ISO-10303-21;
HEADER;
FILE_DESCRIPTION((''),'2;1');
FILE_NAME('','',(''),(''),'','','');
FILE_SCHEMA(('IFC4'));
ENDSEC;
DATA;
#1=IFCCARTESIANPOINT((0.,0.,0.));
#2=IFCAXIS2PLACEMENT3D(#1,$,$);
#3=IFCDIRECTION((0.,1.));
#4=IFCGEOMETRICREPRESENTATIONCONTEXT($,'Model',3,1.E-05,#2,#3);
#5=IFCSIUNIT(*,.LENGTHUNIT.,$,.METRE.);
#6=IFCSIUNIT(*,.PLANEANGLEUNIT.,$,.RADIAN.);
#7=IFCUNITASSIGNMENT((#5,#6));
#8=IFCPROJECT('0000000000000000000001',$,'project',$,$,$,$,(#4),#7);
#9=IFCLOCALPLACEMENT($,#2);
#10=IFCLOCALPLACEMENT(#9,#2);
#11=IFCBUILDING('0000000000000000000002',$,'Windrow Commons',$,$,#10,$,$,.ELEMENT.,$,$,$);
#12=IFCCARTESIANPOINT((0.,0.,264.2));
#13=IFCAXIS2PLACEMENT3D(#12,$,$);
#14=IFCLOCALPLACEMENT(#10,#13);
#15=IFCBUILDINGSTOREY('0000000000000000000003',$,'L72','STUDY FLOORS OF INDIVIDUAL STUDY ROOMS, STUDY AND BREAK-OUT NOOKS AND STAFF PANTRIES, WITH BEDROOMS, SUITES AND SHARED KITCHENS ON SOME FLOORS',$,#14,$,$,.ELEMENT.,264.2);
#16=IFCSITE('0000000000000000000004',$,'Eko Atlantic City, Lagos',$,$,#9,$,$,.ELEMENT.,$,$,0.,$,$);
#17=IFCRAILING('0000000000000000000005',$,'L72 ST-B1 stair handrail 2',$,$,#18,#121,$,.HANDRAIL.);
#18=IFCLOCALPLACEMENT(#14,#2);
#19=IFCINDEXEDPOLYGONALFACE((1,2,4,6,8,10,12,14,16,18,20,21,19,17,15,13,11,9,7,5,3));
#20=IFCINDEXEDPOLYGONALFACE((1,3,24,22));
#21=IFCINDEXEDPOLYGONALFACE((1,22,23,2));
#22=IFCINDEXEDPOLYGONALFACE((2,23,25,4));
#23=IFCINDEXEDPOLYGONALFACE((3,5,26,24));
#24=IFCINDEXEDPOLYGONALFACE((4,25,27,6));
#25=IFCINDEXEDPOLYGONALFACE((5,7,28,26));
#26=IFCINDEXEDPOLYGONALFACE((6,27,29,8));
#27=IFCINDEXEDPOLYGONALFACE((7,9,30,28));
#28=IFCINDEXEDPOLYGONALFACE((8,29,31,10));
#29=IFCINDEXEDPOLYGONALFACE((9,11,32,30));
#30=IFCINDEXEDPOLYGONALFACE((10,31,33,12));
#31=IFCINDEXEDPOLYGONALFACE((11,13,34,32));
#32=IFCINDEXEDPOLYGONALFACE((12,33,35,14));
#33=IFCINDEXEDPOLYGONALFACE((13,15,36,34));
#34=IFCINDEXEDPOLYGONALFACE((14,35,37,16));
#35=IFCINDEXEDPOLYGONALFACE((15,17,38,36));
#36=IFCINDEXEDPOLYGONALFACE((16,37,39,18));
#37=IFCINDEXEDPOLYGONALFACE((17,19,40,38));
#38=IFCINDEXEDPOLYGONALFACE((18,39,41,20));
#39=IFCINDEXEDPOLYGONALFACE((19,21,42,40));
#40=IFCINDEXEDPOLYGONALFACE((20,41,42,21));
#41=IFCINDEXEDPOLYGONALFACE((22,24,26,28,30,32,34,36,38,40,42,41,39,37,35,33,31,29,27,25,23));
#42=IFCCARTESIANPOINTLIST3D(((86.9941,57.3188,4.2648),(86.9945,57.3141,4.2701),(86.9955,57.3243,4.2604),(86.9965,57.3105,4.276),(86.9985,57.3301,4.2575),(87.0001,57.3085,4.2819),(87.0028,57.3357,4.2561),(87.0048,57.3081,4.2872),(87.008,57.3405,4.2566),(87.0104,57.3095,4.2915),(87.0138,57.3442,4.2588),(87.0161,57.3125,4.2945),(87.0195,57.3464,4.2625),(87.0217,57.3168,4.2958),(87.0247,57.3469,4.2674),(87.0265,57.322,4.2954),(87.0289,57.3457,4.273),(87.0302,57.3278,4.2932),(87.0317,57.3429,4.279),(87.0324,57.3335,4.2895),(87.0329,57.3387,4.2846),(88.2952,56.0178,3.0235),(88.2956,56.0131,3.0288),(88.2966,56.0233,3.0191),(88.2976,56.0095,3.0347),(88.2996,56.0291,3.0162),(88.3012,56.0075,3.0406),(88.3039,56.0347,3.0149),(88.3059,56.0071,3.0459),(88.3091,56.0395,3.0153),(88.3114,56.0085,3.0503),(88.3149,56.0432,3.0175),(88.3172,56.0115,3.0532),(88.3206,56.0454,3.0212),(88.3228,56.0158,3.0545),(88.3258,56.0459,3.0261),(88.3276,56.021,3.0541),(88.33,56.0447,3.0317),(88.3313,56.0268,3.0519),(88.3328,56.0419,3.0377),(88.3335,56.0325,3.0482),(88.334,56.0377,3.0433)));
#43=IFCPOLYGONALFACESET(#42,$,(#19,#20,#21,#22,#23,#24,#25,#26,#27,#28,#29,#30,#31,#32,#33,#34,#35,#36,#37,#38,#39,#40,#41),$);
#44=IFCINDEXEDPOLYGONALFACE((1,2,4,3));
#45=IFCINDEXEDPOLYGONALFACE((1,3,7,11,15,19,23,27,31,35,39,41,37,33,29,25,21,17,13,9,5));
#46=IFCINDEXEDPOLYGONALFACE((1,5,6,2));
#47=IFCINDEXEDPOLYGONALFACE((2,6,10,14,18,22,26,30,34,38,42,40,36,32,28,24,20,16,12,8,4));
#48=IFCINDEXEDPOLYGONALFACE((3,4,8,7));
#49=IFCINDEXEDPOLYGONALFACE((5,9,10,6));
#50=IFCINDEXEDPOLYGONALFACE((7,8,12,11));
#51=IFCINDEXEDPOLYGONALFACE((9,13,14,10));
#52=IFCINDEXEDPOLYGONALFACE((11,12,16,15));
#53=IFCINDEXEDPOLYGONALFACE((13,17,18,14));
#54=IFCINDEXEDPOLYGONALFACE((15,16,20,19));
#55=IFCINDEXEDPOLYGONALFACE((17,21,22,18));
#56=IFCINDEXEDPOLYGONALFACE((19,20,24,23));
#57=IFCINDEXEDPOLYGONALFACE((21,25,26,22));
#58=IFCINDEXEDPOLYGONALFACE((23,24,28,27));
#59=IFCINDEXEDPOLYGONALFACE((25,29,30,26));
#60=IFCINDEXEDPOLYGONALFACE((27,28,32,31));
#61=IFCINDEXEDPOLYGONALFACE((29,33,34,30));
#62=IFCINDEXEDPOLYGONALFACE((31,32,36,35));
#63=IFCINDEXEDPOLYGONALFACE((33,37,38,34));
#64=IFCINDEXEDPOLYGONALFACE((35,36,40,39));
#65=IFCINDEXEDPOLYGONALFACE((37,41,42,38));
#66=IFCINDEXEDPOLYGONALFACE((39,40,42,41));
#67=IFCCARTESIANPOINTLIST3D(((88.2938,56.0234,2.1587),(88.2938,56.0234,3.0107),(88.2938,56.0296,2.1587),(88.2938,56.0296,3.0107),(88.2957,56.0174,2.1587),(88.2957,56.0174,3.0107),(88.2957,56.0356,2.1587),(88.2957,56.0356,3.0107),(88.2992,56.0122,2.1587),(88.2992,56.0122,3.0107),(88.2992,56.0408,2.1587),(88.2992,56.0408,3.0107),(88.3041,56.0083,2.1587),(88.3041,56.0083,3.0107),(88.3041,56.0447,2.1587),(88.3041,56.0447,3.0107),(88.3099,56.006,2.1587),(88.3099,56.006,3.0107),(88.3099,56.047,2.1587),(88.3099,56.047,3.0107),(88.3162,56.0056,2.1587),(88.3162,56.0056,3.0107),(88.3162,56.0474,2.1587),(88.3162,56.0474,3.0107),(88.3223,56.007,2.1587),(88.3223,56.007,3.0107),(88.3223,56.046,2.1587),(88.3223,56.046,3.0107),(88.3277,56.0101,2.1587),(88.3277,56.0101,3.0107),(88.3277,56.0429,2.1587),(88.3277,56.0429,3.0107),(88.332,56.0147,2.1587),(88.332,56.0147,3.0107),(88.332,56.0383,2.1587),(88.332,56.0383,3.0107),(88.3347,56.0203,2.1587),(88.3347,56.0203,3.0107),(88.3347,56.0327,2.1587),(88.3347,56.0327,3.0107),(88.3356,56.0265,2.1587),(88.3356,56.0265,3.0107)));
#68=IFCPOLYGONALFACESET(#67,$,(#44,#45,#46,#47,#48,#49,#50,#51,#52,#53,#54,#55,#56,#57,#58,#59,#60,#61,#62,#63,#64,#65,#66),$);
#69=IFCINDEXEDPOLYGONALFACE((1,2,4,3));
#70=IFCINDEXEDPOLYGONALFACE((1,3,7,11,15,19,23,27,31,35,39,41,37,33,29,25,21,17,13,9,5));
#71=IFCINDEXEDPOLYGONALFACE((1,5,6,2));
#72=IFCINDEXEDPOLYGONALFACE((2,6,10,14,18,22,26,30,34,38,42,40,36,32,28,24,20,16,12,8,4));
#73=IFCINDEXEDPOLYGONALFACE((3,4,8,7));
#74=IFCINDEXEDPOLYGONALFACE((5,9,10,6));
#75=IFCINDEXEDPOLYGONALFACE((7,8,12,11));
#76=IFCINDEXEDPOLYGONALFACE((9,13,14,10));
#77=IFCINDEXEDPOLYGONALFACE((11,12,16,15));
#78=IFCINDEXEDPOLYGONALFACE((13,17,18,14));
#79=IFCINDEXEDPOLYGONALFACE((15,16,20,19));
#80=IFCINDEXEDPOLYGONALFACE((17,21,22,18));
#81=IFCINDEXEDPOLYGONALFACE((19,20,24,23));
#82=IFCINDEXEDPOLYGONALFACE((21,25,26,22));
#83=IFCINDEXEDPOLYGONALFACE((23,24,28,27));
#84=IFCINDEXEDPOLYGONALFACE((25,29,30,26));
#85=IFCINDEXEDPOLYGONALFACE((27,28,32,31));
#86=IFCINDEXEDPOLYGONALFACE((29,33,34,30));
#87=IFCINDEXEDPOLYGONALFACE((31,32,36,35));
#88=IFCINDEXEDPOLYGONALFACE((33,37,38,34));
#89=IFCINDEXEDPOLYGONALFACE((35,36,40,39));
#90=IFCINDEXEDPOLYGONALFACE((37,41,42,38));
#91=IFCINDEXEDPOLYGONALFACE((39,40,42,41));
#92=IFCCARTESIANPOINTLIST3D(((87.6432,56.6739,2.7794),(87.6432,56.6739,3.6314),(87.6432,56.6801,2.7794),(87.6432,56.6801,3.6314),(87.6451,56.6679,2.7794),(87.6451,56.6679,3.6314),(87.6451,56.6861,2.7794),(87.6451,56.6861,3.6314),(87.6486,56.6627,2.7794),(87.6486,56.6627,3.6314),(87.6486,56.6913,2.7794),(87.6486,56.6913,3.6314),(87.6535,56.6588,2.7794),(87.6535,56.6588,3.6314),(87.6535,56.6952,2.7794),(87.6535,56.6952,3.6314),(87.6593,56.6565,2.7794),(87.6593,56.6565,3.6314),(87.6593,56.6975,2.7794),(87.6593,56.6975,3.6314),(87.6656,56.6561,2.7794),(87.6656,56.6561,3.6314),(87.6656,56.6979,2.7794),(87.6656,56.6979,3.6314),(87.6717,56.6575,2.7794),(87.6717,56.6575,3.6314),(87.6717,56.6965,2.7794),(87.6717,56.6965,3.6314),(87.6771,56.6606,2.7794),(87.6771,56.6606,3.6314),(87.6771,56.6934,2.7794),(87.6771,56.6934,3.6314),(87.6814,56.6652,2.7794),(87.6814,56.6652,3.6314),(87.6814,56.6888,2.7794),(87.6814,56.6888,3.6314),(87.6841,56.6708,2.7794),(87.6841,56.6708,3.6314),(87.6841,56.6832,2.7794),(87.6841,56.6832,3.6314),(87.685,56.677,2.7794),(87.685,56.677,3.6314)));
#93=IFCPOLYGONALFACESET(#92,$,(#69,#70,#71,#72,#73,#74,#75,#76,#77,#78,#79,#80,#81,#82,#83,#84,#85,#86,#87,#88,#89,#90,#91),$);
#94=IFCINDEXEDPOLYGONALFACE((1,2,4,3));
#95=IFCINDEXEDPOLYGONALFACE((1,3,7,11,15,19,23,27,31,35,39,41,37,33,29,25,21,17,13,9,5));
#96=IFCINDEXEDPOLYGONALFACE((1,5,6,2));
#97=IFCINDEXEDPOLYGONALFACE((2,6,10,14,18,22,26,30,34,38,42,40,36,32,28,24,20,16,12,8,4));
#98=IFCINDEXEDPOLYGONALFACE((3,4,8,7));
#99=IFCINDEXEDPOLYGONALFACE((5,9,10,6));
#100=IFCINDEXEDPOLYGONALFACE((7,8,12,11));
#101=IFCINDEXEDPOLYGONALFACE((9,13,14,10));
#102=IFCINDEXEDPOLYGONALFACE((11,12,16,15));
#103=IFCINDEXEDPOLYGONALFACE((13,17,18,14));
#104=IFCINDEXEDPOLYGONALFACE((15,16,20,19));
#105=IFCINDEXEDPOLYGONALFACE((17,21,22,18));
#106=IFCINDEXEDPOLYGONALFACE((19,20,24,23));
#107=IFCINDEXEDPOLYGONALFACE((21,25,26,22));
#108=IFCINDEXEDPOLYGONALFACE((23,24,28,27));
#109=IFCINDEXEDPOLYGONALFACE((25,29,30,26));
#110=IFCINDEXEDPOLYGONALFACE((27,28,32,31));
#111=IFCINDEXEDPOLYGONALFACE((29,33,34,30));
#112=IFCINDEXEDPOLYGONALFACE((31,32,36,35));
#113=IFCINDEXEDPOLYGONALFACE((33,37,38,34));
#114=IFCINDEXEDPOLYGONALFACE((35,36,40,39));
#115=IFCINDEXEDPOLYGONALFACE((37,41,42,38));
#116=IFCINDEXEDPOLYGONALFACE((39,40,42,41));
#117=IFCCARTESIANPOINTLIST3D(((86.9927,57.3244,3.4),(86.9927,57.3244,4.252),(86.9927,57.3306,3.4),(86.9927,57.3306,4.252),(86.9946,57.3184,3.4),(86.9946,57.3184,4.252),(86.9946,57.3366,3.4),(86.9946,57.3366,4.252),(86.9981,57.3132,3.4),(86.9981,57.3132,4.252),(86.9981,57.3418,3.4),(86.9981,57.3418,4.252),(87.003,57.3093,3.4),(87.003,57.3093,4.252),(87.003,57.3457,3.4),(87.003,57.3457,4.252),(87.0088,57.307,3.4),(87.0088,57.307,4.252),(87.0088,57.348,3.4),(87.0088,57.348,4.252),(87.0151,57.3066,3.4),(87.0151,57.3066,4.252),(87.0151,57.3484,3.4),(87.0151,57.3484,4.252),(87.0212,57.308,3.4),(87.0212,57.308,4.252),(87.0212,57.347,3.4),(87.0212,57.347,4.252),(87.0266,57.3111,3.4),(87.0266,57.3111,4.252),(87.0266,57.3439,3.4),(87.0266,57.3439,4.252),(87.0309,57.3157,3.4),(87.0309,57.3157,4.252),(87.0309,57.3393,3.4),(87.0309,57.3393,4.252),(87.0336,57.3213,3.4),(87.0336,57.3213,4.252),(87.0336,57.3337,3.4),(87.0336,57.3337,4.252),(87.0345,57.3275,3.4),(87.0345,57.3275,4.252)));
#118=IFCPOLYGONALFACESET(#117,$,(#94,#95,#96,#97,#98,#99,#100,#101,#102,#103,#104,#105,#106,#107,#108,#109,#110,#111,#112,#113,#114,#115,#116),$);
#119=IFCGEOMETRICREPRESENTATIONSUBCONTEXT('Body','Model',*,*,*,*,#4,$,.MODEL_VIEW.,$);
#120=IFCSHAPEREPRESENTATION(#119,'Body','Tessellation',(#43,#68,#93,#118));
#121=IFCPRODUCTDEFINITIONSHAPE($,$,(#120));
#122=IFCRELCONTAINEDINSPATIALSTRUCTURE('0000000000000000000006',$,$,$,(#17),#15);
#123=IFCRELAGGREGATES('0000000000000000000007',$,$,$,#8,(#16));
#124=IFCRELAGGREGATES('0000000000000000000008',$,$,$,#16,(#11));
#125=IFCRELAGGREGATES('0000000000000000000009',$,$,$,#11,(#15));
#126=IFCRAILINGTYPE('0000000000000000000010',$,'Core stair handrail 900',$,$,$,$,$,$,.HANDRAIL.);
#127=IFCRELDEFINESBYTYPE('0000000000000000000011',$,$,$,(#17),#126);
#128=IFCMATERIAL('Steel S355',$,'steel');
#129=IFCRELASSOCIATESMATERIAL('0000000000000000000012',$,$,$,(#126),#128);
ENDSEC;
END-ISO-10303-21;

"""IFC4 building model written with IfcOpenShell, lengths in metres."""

from ifc_helpers import new_model, si_unit, direction, frame, origin, origin_2d, place, context, subcontext, project, spatial, circle, extrude, material, type_object, element, save


model = new_model("IFC4")

# Units and contexts
model_context = context("Model", 3, precision=1e-05, world=origin(), true_north=direction((0.0, 1.0)))
body_context = subcontext(model_context, "Body", "Model", "MODEL_VIEW")
ifc_project = project(units=[si_unit("LENGTHUNIT", "METRE"), si_unit("PLANEANGLEUNIT", "RADIAN")], contexts=[model_context])

# Site, building, storey
site_placement = place(None, origin())
site = spatial("IfcSite", under=ifc_project, at=site_placement, Name="Eko Atlantic City, Lagos", CompositionType="ELEMENT", RefElevation=0.0)
building_placement = place(site_placement, origin())
building = spatial("IfcBuilding", under=site, at=building_placement, Name="Windrow Commons", CompositionType="ELEMENT")
storey_placement = place(building_placement, frame((0.0, 0.0, 264.2)))
storey = spatial("IfcBuildingStorey", under=building, at=storey_placement, Name="L72", Description="STUDY FLOORS OF INDIVIDUAL STUDY ROOMS, STUDY AND BREAK-OUT NOOKS AND STAFF PANTRIES, WITH BEDROOMS, SUITES AND SHARED KITCHENS ON SOME FLOORS", CompositionType="ELEMENT", Elevation=264.2)

# Railing
ifc_material_1 = material(Name="Steel S355", Category="steel")
railing_type_1 = type_object("IfcRailingType", Name="Core stair handrail 900", PredefinedType="HANDRAIL", material=ifc_material_1)
railing_1_placement = place(storey_placement, frame((88.3146, 56.0265, 2.1587)))
element("IfcRailing", 1, at=railing_1_placement, inside=storey, type_object=railing_type_1, Name="L72 ST-B1 stair handrail 2", PredefinedType="HANDRAIL", context=body_context, shape_type="SweptSolid", body=[
    extrude(circle(Radius=0.024, at=origin_2d()), frame((0.0, 0.0, 0.876), z_axis=(-0.586207, 0.586162, 0.559264), x_axis=(-0.70708, -0.707134, 0.0)), (0.0, 0.0, 1.0), 2.2195),
    extrude(circle(Radius=0.021, at=origin_2d()), origin(), (0.0, 0.0, 1.0), 0.852),
    extrude(circle(Radius=0.021, at=origin_2d()), frame((-0.6506, 0.6505, 0.6207)), (0.0, 0.0, 1.0), 0.852),
    extrude(circle(Radius=0.021, at=origin_2d()), frame((-1.3011, 1.301, 1.2413)), (0.0, 0.0, 1.0), 0.852),
])

save(model, "model.ifc")
